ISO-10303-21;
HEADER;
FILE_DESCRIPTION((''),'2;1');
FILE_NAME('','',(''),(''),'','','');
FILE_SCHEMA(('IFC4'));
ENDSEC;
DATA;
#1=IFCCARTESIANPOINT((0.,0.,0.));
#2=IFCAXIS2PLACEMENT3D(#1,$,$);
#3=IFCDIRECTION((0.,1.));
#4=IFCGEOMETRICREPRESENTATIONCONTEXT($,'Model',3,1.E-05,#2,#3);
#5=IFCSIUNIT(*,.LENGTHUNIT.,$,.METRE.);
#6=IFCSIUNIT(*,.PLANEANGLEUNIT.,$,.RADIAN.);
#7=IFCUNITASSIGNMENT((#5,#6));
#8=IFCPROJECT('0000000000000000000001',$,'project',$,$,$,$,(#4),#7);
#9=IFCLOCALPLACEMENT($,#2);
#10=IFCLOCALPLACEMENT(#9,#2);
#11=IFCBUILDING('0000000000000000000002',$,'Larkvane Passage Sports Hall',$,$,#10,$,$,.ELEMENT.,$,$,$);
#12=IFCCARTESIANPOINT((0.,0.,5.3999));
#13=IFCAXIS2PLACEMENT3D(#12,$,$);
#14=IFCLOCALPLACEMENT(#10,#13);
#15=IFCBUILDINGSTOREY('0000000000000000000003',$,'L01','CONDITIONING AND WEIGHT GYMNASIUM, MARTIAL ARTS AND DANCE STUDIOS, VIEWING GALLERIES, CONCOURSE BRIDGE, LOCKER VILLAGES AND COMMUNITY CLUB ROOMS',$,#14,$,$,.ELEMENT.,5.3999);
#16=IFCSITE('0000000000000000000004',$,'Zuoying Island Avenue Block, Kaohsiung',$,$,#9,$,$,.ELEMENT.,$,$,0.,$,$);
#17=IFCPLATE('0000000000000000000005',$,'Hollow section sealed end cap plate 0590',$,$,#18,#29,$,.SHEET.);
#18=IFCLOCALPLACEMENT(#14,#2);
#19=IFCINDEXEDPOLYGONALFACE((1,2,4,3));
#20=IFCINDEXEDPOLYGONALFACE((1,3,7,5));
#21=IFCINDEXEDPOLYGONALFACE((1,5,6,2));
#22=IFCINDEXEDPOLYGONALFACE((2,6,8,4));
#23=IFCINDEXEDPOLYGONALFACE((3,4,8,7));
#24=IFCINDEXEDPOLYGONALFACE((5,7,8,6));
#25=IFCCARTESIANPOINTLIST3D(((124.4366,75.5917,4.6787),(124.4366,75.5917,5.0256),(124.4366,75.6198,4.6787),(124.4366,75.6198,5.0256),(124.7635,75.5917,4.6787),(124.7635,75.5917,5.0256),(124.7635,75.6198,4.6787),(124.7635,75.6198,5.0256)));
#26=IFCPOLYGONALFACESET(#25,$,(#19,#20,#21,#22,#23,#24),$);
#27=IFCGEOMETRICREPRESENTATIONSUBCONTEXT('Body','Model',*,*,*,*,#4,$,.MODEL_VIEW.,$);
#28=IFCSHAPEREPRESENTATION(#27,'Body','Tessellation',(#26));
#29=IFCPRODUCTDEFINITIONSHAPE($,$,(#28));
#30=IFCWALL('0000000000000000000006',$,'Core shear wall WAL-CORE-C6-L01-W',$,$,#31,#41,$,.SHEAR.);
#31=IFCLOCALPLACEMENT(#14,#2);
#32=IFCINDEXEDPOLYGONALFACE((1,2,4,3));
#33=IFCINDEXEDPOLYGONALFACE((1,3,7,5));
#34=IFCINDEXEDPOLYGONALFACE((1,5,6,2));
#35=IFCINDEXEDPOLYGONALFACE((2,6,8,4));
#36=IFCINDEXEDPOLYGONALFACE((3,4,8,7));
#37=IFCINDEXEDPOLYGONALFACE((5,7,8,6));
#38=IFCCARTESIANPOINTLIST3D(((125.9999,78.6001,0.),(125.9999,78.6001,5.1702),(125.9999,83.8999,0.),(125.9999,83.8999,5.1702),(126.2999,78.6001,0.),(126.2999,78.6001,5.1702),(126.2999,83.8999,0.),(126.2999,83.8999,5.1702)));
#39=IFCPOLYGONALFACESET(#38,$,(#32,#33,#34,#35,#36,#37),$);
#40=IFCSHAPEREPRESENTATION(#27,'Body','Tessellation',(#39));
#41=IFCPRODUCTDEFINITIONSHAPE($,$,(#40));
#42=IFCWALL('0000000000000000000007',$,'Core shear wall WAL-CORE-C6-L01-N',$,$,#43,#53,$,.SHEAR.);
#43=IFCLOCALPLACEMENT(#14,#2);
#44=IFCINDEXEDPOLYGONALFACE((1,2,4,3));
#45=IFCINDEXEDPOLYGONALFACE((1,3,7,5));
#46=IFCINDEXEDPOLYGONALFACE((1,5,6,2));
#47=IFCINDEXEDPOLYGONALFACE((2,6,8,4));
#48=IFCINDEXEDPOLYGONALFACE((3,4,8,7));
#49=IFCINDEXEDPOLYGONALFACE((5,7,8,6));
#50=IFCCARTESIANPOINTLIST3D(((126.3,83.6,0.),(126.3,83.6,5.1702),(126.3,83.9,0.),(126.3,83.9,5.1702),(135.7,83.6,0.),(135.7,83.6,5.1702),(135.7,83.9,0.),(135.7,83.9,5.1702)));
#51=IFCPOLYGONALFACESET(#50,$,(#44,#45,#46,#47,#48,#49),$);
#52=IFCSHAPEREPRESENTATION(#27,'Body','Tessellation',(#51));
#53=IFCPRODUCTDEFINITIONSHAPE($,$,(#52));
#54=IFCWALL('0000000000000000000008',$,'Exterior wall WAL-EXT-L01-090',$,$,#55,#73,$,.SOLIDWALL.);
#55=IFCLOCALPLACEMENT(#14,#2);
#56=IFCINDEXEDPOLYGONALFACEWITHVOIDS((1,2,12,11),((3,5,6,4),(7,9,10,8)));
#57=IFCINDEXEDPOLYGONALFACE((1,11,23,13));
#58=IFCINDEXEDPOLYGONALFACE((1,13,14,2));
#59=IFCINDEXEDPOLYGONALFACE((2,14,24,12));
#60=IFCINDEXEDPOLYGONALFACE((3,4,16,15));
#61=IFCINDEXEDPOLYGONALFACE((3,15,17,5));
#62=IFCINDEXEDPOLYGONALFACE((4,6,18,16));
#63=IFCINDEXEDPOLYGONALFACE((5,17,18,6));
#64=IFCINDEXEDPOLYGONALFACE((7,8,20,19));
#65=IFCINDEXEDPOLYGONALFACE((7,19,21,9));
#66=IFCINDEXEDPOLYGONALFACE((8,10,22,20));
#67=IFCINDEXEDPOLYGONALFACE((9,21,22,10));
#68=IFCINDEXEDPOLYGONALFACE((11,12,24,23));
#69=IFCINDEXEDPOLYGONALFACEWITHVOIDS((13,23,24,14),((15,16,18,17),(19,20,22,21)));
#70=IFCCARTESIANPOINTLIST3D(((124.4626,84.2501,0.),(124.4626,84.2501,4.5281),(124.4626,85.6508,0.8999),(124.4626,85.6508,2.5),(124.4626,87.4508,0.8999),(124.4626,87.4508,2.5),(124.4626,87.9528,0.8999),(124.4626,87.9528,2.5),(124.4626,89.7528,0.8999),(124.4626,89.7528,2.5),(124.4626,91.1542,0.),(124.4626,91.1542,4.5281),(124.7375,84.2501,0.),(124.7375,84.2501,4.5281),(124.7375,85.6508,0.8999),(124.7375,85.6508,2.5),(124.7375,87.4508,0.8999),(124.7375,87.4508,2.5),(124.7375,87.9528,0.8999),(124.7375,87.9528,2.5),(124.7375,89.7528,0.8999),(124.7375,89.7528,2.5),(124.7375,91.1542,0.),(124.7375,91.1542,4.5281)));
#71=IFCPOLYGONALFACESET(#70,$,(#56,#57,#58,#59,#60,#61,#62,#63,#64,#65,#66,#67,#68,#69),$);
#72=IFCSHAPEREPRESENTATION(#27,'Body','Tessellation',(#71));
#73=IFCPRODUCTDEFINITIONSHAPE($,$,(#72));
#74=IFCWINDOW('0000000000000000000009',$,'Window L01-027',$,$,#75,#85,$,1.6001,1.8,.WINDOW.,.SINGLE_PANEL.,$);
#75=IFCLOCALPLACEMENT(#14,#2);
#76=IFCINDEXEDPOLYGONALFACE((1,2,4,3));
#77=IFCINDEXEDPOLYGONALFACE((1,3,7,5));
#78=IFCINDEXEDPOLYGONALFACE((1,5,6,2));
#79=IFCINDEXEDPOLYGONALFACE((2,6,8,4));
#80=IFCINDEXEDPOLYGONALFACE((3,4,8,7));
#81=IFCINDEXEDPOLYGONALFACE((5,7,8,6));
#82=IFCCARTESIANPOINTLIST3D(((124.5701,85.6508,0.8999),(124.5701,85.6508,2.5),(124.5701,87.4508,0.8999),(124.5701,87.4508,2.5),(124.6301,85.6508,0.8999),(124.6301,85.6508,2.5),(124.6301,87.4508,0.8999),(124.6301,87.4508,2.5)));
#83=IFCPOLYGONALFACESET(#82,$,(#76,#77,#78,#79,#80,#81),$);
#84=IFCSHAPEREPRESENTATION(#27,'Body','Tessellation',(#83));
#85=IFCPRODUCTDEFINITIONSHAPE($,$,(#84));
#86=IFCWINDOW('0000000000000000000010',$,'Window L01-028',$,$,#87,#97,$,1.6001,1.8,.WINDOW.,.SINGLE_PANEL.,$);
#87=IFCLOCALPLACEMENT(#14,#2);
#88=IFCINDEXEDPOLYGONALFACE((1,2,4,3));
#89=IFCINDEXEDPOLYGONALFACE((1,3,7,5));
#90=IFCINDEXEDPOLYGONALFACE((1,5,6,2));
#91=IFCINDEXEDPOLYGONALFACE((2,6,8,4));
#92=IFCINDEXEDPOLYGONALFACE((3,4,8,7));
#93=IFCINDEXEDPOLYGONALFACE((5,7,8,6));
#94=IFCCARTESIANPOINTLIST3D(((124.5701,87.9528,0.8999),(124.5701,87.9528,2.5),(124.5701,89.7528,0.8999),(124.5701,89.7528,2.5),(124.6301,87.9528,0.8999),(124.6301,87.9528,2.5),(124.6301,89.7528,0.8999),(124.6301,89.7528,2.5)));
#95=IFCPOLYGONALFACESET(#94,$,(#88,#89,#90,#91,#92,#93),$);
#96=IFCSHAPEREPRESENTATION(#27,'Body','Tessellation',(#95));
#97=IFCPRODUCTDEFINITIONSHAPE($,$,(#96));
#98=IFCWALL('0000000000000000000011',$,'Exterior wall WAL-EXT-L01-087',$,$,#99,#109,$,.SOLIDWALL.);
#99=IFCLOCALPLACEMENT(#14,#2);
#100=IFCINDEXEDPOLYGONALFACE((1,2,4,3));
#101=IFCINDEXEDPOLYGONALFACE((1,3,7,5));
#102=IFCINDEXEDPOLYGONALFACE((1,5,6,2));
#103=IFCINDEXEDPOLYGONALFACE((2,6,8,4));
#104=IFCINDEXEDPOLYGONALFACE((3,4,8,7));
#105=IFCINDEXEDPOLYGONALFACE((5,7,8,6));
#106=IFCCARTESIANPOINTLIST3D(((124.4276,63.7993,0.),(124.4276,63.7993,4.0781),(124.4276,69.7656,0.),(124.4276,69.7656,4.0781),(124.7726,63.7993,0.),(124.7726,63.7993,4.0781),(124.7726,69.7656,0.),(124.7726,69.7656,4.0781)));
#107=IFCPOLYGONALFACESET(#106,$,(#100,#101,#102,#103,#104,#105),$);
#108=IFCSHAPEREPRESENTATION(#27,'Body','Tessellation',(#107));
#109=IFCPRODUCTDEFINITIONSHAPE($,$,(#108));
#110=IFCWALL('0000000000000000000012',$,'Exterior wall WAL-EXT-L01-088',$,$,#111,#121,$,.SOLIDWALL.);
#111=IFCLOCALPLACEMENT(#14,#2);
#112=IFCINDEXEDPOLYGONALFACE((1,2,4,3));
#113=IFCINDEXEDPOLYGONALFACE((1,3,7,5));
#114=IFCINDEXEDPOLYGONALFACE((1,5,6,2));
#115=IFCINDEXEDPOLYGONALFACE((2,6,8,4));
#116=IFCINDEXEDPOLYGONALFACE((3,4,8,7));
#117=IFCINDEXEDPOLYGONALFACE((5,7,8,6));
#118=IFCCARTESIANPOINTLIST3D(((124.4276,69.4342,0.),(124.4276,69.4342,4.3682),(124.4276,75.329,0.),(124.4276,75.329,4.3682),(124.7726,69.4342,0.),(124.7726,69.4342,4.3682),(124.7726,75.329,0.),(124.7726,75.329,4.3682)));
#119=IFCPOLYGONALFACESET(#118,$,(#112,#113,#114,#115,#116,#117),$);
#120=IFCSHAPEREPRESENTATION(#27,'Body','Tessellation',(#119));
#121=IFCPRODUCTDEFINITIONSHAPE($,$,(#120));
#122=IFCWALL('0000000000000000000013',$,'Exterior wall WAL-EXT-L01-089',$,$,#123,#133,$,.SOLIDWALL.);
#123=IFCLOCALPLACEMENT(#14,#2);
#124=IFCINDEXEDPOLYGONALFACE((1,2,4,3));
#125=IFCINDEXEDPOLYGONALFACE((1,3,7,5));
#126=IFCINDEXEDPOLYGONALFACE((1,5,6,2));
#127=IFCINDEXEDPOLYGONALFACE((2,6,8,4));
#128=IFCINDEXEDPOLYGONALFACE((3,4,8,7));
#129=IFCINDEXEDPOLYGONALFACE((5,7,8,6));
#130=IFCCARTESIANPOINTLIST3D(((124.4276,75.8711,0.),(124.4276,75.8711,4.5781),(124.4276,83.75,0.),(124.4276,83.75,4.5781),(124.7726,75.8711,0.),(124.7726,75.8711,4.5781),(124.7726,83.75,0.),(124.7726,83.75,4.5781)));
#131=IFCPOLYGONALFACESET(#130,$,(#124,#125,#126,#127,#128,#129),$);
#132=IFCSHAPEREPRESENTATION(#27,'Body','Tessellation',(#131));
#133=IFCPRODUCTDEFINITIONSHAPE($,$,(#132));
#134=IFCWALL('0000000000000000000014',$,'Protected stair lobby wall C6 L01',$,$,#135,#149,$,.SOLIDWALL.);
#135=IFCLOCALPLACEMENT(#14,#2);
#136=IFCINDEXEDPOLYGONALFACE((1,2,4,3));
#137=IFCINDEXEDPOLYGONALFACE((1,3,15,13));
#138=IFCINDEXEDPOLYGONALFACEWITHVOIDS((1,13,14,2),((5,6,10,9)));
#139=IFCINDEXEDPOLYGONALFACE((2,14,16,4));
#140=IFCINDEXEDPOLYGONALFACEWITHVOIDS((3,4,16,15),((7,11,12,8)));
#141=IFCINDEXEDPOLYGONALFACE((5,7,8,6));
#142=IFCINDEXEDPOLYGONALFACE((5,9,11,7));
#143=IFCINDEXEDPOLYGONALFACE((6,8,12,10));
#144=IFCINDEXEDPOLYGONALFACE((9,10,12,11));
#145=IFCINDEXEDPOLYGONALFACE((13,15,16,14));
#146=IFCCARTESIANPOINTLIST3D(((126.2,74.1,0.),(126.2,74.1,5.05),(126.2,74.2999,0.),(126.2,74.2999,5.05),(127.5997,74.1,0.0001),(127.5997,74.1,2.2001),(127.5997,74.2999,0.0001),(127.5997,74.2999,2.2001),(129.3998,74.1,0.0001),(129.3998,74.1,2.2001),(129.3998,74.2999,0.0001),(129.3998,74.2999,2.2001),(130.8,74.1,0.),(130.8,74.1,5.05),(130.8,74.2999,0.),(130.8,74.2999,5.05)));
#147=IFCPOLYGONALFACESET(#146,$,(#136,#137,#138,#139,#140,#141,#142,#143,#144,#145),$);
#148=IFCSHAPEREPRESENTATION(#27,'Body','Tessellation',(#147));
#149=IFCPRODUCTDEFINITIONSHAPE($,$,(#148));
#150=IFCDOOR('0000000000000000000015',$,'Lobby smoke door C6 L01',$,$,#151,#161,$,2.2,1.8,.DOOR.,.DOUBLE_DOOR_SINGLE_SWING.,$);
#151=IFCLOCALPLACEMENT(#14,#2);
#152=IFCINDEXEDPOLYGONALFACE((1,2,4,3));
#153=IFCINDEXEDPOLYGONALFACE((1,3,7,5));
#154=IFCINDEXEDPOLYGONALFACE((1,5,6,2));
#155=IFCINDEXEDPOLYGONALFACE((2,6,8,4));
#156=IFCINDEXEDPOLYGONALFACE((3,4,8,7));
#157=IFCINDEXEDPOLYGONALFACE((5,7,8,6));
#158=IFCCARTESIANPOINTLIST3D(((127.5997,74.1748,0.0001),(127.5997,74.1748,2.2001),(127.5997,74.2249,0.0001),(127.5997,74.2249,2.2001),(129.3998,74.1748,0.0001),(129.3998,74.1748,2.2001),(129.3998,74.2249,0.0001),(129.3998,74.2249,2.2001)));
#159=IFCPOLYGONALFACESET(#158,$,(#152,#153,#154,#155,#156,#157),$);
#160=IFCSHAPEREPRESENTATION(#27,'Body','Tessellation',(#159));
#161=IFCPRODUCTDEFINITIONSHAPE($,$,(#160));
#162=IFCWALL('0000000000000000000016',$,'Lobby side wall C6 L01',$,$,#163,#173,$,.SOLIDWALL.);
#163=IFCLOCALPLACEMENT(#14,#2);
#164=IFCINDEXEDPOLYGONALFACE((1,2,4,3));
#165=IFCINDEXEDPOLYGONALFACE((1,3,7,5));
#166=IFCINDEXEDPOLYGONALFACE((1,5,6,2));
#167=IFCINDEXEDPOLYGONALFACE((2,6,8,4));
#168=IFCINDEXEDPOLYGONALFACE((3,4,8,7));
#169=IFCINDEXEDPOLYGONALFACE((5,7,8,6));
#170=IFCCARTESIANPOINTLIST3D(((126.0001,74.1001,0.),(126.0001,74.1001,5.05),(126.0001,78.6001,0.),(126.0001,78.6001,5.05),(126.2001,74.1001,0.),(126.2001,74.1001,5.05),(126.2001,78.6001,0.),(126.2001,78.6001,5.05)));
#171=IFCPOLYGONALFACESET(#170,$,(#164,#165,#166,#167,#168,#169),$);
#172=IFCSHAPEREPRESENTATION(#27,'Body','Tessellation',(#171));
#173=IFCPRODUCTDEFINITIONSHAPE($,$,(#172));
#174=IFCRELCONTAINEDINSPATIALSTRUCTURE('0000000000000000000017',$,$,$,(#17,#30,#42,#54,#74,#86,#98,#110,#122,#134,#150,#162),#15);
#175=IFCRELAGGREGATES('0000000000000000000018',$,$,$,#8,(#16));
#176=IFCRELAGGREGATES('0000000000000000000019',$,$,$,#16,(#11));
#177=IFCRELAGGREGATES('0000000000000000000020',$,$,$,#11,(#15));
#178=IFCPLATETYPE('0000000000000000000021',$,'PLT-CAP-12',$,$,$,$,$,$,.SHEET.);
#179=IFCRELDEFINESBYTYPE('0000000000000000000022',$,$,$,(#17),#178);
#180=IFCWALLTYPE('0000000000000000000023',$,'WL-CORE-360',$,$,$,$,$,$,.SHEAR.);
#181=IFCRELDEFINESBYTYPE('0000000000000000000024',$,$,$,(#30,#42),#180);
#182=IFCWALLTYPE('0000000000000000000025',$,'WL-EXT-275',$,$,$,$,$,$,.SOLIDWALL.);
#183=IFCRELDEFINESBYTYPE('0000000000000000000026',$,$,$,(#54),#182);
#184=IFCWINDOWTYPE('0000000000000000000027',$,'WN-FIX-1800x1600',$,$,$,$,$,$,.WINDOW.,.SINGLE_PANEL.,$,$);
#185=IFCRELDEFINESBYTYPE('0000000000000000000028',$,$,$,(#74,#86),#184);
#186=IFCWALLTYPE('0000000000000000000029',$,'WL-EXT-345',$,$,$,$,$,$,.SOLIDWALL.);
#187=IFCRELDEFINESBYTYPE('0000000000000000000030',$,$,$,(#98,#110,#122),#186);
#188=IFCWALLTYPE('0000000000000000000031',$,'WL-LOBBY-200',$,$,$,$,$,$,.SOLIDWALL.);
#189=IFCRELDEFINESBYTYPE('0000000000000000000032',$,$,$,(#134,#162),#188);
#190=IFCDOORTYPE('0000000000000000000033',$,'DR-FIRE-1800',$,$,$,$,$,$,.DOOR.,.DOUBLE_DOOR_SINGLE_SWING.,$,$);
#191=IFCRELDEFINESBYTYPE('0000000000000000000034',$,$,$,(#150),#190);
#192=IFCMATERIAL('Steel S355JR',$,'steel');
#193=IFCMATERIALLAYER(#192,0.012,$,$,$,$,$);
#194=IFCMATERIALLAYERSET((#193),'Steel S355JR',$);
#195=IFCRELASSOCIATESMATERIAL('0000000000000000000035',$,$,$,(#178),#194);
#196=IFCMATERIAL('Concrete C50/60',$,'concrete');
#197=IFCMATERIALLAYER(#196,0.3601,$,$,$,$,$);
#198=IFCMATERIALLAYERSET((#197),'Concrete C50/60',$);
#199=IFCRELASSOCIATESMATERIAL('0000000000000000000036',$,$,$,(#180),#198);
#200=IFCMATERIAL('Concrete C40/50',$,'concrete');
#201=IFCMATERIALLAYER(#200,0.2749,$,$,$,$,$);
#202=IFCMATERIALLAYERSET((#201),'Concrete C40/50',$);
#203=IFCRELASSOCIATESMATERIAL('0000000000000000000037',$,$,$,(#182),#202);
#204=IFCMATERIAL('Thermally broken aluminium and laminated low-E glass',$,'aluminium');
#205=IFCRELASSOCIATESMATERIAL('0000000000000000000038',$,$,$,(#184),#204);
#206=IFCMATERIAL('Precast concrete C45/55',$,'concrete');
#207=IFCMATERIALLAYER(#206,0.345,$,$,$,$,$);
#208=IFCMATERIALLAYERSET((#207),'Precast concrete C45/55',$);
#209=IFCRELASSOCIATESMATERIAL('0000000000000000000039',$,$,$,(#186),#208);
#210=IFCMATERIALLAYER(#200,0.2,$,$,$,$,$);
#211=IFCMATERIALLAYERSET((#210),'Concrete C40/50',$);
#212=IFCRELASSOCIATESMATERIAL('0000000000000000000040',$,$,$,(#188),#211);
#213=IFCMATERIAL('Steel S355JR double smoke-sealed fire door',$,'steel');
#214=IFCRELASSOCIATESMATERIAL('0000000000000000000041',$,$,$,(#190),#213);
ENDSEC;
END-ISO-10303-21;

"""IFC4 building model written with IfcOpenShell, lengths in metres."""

from ifc_helpers import new_model, si_unit, direction, frame, frame_2d, origin, origin_2d, place, context, subcontext, project, spatial, rectangle, extrude, material, layer, layer_set, type_object, element, fill, save


model = new_model("IFC4")

# Units and contexts
model_context = context("Model", 3, precision=1e-05, world=origin(), true_north=direction((0.0, 1.0)))
body_context = subcontext(model_context, "Body", "Model", "MODEL_VIEW")
ifc_project = project(units=[si_unit("LENGTHUNIT", "METRE"), si_unit("PLANEANGLEUNIT", "RADIAN")], contexts=[model_context])

# Site, building, storey
site_placement = place(None, origin())
site = spatial("IfcSite", under=ifc_project, at=site_placement, Name="Zuoying Island Avenue Block, Kaohsiung", CompositionType="ELEMENT", RefElevation=0.0)
building_placement = place(site_placement, origin())
building = spatial("IfcBuilding", under=site, at=building_placement, Name="Larkvane Passage Sports Hall", CompositionType="ELEMENT")
storey_placement = place(building_placement, frame((0.0, 0.0, 5.3999)))
storey = spatial("IfcBuildingStorey", under=building, at=storey_placement, Name="L01", Description="CONDITIONING AND WEIGHT GYMNASIUM, MARTIAL ARTS AND DANCE STUDIOS, VIEWING GALLERIES, CONCOURSE BRIDGE, LOCKER VILLAGES AND COMMUNITY CLUB ROOMS", CompositionType="ELEMENT", Elevation=5.3999)

# Shared definitions
ifc_material_1 = material(Name="Concrete C40/50", Category="concrete")
ifc_material_2 = material(Name="Steel S355JR", Category="steel")

# Plate
ifc_layer_1 = layer(ifc_material_2, 0.012)
ifc_layer_set_1 = layer_set([ifc_layer_1], Name="Steel S355JR")
plate_type_1 = type_object("IfcPlateType", Name="PLT-CAP-12", PredefinedType="SHEET", material=ifc_layer_set_1)
plate_1_placement = place(storey_placement, frame((124.6001, 75.6057, 4.6787), z_axis=(0.0, 0.0, 1.0), x_axis=(-1.0, 0.0, 0.0)))
element("IfcPlate", 1, at=plate_1_placement, inside=storey, type_object=plate_type_1, Name="Hollow section sealed end cap plate 0590", PredefinedType="SHEET", context=body_context, shape_type="SweptSolid", body=[
    extrude(rectangle(XDim=0.3269, YDim=0.0281, at=origin_2d()), origin(), (0.0, 0.0, 1.0), 0.3469),
])

# Walls
ifc_material_3 = material(Name="Concrete C50/60", Category="concrete")
ifc_layer_2 = layer(ifc_material_3, 0.3601)
ifc_layer_set_2 = layer_set([ifc_layer_2], Name="Concrete C50/60")
wall_type_1 = type_object("IfcWallType", Name="WL-CORE-360", PredefinedType="SHEAR", material=ifc_layer_set_2)
wall_1_placement = place(storey_placement, frame((126.1499, 78.6001, 0.0), z_axis=(0.0, 0.0, 1.0), x_axis=(0.0, 1.0, 0.0)))
element("IfcWall", 2, at=wall_1_placement, inside=storey, type_object=wall_type_1, Name="Core shear wall WAL-CORE-C6-L01-W", PredefinedType="SHEAR", context=body_context, shape_type="SweptSolid", body=[
    extrude(rectangle(XDim=5.2998, YDim=0.3, at=frame_2d((2.6499, 0.0))), origin(), (0.0, 0.0, 1.0), 5.1702),
])
wall_2_placement = place(storey_placement, frame((126.3, 83.75, 0.0), z_axis=(0.0, 0.0, 1.0), x_axis=(1.0, 0.0, 0.0)))
element("IfcWall", 3, at=wall_2_placement, inside=storey, type_object=wall_type_1, Name="Core shear wall WAL-CORE-C6-L01-N", PredefinedType="SHEAR", context=body_context, shape_type="SweptSolid", body=[
    extrude(rectangle(XDim=9.3999, YDim=0.3, at=frame_2d((4.7, 0.0))), origin(), (0.0, 0.0, 1.0), 5.1702),
])

# Wall, openings, windows
ifc_layer_3 = layer(ifc_material_1, 0.2749)
ifc_layer_set_3 = layer_set([ifc_layer_3], Name="Concrete C40/50")
wall_type_2 = type_object("IfcWallType", Name="WL-EXT-275", PredefinedType="SOLIDWALL", material=ifc_layer_set_3)
wall_3_placement = place(storey_placement, frame((124.6001, 84.25, 0.0), z_axis=(0.0, 0.0, 1.0), x_axis=(0.0, 1.0, 0.0)))
wall_3 = element("IfcWall", 4, at=wall_3_placement, inside=storey, type_object=wall_type_2, Name="Exterior wall WAL-EXT-L01-090", PredefinedType="SOLIDWALL", context=body_context, shape_type="SweptSolid", body=[
    extrude(rectangle(XDim=6.9041, YDim=0.2749, at=frame_2d((3.4521, 0.0))), origin(), (0.0, 0.0, 1.0), 4.5281),
])
opening_1_placement = place(wall_3_placement, frame((1.4009, 0.0, 0.8999)))
opening_1 = element("IfcOpeningElement", 5, at=opening_1_placement, cuts=wall_3, PredefinedType="OPENING", context=body_context, shape_type="SweptSolid", body=[
    extrude(rectangle(XDim=1.8, YDim=1.6001, at=frame_2d((0.8999, 0.8))), frame((0.0, 0.1475, 0.0), z_axis=(0.0, -1.0, 0.0), x_axis=(1.0, 0.0, 0.0)), (0.0, 0.0, 1.0), 0.2949),
])
opening_2_placement = place(wall_3_placement, frame((3.7029, 0.0, 0.8999)))
opening_2 = element("IfcOpeningElement", 6, at=opening_2_placement, cuts=wall_3, PredefinedType="OPENING", context=body_context, shape_type="SweptSolid", body=[
    extrude(rectangle(XDim=1.8, YDim=1.6001, at=frame_2d((0.8999, 0.8))), frame((0.0, 0.1475, 0.0), z_axis=(0.0, -1.0, 0.0), x_axis=(1.0, 0.0, 0.0)), (0.0, 0.0, 1.0), 0.2949),
])
ifc_material_4 = material(Name="Thermally broken aluminium and laminated low-E glass", Category="aluminium")
window_type = type_object("IfcWindowType", Name="WN-FIX-1800x1600", PartitioningType="SINGLE_PANEL", PredefinedType="WINDOW", material=ifc_material_4)
window_1_placement = place(opening_1_placement, origin())
window_1 = element("IfcWindow", 7, at=window_1_placement, inside=storey, type_object=window_type, Name="Window L01-027", OverallHeight=1.6001, OverallWidth=1.8, PartitioningType="SINGLE_PANEL", PredefinedType="WINDOW", context=body_context, shape_type="SweptSolid", body=[
    extrude(rectangle(XDim=1.8, YDim=1.6001, at=frame_2d((0.8999, 0.8))), frame((0.0, 0.03, 0.0), z_axis=(0.0, -1.0, 0.0), x_axis=(1.0, 0.0, 0.0)), (0.0, 0.0, 1.0), 0.0601),
])
fill(opening_1, window_1)
window_2_placement = place(opening_2_placement, origin())
window_2 = element("IfcWindow", 8, at=window_2_placement, inside=storey, type_object=window_type, Name="Window L01-028", OverallHeight=1.6001, OverallWidth=1.8, PartitioningType="SINGLE_PANEL", PredefinedType="WINDOW", context=body_context, shape_type="SweptSolid", body=[
    extrude(rectangle(XDim=1.8, YDim=1.6001, at=frame_2d((0.8999, 0.8))), frame((0.0, 0.03, 0.0), z_axis=(0.0, -1.0, 0.0), x_axis=(1.0, 0.0, 0.0)), (0.0, 0.0, 1.0), 0.0601),
])
fill(opening_2, window_2)

# Walls
ifc_material_5 = material(Name="Precast concrete C45/55", Category="concrete")
ifc_layer_4 = layer(ifc_material_5, 0.345)
ifc_layer_set_4 = layer_set([ifc_layer_4], Name="Precast concrete C45/55")
wall_type_3 = type_object("IfcWallType", Name="WL-EXT-345", PredefinedType="SOLIDWALL", material=ifc_layer_set_4)
wall_4_placement = place(storey_placement, frame((124.6001, 63.7993, 0.0), z_axis=(0.0, 0.0, 1.0), x_axis=(0.0, 1.0, 0.0)))
element("IfcWall", 9, at=wall_4_placement, inside=storey, type_object=wall_type_3, Name="Exterior wall WAL-EXT-L01-087", PredefinedType="SOLIDWALL", context=body_context, shape_type="SweptSolid", body=[
    extrude(rectangle(XDim=5.9663, YDim=0.345, at=frame_2d((2.9832, 0.0))), origin(), (0.0, 0.0, 1.0), 4.0781),
])
wall_5_placement = place(storey_placement, frame((124.6001, 69.4343, 0.0), z_axis=(0.0, 0.0, 1.0), x_axis=(0.0, 1.0, 0.0)))
element("IfcWall", 10, at=wall_5_placement, inside=storey, type_object=wall_type_3, Name="Exterior wall WAL-EXT-L01-088", PredefinedType="SOLIDWALL", context=body_context, shape_type="SweptSolid", body=[
    extrude(rectangle(XDim=5.8948, YDim=0.345, at=frame_2d((2.9473, 0.0))), origin(), (0.0, 0.0, 1.0), 4.3682),
])
wall_6_placement = place(storey_placement, frame((124.6001, 75.8711, 0.0), z_axis=(0.0, 0.0, 1.0), x_axis=(0.0, 1.0, 0.0)))
element("IfcWall", 11, at=wall_6_placement, inside=storey, type_object=wall_type_3, Name="Exterior wall WAL-EXT-L01-089", PredefinedType="SOLIDWALL", context=body_context, shape_type="SweptSolid", body=[
    extrude(rectangle(XDim=7.8789, YDim=0.345, at=frame_2d((3.9395, 0.0))), origin(), (0.0, 0.0, 1.0), 4.5781),
])

# Wall, opening, door
ifc_layer_5 = layer(ifc_material_1, 0.2)
ifc_layer_set_5 = layer_set([ifc_layer_5], Name="Concrete C40/50")
wall_type_4 = type_object("IfcWallType", Name="WL-LOBBY-200", PredefinedType="SOLIDWALL", material=ifc_layer_set_5)
wall_7_placement = place(storey_placement, frame((126.2, 74.2, 0.0), z_axis=(0.0, 0.0, 1.0), x_axis=(1.0, 0.0, 0.0)))
wall_7 = element("IfcWall", 12, at=wall_7_placement, inside=storey, type_object=wall_type_4, Name="Protected stair lobby wall C6 L01", PredefinedType="SOLIDWALL", context=body_context, shape_type="SweptSolid", body=[
    extrude(rectangle(XDim=4.6001, YDim=0.2, at=frame_2d((2.3, 0.0))), origin(), (0.0, 0.0, 1.0), 5.05),
])
opening_3_placement = place(wall_7_placement, frame((1.3999, 0.0, 0.0)))
opening_3 = element("IfcOpeningElement", 13, at=opening_3_placement, cuts=wall_7, PredefinedType="OPENING", context=body_context, shape_type="SweptSolid", body=[
    extrude(rectangle(XDim=1.8, YDim=2.2, at=frame_2d((0.8999, 1.1001))), frame((0.0, 0.1099, 0.0), z_axis=(0.0, -1.0, 0.0), x_axis=(1.0, 0.0, 0.0)), (0.0, 0.0, 1.0), 0.22),
])
ifc_material_6 = material(Name="Steel S355JR double smoke-sealed fire door", Category="steel")
door_type_1 = type_object("IfcDoorType", Name="DR-FIRE-1800", OperationType="DOUBLE_DOOR_SINGLE_SWING", PredefinedType="DOOR", material=ifc_material_6)
door_1_placement = place(opening_3_placement, origin())
door_1 = element("IfcDoor", 14, at=door_1_placement, inside=storey, type_object=door_type_1, Name="Lobby smoke door C6 L01", OperationType="DOUBLE_DOOR_SINGLE_SWING", OverallHeight=2.2, OverallWidth=1.8, PredefinedType="DOOR", context=body_context, shape_type="SweptSolid", body=[
    extrude(rectangle(XDim=1.8, YDim=2.2, at=frame_2d((0.8999, 1.1001))), frame((0.0, 0.0249, 0.0), z_axis=(0.0, -1.0, 0.0), x_axis=(1.0, 0.0, 0.0)), (0.0, 0.0, 1.0), 0.05),
])
fill(opening_3, door_1)

# Wall
wall_8_placement = place(storey_placement, frame((126.1001, 74.1001, 0.0), z_axis=(0.0, 0.0, 1.0), x_axis=(0.0, 1.0, 0.0)))
element("IfcWall", 15, at=wall_8_placement, inside=storey, type_object=wall_type_4, Name="Lobby side wall C6 L01", PredefinedType="SOLIDWALL", context=body_context, shape_type="SweptSolid", body=[
    extrude(rectangle(XDim=4.5, YDim=0.2, at=frame_2d((2.25, 0.0))), origin(), (0.0, 0.0, 1.0), 5.05),
])

save(model, "model.ifc")
